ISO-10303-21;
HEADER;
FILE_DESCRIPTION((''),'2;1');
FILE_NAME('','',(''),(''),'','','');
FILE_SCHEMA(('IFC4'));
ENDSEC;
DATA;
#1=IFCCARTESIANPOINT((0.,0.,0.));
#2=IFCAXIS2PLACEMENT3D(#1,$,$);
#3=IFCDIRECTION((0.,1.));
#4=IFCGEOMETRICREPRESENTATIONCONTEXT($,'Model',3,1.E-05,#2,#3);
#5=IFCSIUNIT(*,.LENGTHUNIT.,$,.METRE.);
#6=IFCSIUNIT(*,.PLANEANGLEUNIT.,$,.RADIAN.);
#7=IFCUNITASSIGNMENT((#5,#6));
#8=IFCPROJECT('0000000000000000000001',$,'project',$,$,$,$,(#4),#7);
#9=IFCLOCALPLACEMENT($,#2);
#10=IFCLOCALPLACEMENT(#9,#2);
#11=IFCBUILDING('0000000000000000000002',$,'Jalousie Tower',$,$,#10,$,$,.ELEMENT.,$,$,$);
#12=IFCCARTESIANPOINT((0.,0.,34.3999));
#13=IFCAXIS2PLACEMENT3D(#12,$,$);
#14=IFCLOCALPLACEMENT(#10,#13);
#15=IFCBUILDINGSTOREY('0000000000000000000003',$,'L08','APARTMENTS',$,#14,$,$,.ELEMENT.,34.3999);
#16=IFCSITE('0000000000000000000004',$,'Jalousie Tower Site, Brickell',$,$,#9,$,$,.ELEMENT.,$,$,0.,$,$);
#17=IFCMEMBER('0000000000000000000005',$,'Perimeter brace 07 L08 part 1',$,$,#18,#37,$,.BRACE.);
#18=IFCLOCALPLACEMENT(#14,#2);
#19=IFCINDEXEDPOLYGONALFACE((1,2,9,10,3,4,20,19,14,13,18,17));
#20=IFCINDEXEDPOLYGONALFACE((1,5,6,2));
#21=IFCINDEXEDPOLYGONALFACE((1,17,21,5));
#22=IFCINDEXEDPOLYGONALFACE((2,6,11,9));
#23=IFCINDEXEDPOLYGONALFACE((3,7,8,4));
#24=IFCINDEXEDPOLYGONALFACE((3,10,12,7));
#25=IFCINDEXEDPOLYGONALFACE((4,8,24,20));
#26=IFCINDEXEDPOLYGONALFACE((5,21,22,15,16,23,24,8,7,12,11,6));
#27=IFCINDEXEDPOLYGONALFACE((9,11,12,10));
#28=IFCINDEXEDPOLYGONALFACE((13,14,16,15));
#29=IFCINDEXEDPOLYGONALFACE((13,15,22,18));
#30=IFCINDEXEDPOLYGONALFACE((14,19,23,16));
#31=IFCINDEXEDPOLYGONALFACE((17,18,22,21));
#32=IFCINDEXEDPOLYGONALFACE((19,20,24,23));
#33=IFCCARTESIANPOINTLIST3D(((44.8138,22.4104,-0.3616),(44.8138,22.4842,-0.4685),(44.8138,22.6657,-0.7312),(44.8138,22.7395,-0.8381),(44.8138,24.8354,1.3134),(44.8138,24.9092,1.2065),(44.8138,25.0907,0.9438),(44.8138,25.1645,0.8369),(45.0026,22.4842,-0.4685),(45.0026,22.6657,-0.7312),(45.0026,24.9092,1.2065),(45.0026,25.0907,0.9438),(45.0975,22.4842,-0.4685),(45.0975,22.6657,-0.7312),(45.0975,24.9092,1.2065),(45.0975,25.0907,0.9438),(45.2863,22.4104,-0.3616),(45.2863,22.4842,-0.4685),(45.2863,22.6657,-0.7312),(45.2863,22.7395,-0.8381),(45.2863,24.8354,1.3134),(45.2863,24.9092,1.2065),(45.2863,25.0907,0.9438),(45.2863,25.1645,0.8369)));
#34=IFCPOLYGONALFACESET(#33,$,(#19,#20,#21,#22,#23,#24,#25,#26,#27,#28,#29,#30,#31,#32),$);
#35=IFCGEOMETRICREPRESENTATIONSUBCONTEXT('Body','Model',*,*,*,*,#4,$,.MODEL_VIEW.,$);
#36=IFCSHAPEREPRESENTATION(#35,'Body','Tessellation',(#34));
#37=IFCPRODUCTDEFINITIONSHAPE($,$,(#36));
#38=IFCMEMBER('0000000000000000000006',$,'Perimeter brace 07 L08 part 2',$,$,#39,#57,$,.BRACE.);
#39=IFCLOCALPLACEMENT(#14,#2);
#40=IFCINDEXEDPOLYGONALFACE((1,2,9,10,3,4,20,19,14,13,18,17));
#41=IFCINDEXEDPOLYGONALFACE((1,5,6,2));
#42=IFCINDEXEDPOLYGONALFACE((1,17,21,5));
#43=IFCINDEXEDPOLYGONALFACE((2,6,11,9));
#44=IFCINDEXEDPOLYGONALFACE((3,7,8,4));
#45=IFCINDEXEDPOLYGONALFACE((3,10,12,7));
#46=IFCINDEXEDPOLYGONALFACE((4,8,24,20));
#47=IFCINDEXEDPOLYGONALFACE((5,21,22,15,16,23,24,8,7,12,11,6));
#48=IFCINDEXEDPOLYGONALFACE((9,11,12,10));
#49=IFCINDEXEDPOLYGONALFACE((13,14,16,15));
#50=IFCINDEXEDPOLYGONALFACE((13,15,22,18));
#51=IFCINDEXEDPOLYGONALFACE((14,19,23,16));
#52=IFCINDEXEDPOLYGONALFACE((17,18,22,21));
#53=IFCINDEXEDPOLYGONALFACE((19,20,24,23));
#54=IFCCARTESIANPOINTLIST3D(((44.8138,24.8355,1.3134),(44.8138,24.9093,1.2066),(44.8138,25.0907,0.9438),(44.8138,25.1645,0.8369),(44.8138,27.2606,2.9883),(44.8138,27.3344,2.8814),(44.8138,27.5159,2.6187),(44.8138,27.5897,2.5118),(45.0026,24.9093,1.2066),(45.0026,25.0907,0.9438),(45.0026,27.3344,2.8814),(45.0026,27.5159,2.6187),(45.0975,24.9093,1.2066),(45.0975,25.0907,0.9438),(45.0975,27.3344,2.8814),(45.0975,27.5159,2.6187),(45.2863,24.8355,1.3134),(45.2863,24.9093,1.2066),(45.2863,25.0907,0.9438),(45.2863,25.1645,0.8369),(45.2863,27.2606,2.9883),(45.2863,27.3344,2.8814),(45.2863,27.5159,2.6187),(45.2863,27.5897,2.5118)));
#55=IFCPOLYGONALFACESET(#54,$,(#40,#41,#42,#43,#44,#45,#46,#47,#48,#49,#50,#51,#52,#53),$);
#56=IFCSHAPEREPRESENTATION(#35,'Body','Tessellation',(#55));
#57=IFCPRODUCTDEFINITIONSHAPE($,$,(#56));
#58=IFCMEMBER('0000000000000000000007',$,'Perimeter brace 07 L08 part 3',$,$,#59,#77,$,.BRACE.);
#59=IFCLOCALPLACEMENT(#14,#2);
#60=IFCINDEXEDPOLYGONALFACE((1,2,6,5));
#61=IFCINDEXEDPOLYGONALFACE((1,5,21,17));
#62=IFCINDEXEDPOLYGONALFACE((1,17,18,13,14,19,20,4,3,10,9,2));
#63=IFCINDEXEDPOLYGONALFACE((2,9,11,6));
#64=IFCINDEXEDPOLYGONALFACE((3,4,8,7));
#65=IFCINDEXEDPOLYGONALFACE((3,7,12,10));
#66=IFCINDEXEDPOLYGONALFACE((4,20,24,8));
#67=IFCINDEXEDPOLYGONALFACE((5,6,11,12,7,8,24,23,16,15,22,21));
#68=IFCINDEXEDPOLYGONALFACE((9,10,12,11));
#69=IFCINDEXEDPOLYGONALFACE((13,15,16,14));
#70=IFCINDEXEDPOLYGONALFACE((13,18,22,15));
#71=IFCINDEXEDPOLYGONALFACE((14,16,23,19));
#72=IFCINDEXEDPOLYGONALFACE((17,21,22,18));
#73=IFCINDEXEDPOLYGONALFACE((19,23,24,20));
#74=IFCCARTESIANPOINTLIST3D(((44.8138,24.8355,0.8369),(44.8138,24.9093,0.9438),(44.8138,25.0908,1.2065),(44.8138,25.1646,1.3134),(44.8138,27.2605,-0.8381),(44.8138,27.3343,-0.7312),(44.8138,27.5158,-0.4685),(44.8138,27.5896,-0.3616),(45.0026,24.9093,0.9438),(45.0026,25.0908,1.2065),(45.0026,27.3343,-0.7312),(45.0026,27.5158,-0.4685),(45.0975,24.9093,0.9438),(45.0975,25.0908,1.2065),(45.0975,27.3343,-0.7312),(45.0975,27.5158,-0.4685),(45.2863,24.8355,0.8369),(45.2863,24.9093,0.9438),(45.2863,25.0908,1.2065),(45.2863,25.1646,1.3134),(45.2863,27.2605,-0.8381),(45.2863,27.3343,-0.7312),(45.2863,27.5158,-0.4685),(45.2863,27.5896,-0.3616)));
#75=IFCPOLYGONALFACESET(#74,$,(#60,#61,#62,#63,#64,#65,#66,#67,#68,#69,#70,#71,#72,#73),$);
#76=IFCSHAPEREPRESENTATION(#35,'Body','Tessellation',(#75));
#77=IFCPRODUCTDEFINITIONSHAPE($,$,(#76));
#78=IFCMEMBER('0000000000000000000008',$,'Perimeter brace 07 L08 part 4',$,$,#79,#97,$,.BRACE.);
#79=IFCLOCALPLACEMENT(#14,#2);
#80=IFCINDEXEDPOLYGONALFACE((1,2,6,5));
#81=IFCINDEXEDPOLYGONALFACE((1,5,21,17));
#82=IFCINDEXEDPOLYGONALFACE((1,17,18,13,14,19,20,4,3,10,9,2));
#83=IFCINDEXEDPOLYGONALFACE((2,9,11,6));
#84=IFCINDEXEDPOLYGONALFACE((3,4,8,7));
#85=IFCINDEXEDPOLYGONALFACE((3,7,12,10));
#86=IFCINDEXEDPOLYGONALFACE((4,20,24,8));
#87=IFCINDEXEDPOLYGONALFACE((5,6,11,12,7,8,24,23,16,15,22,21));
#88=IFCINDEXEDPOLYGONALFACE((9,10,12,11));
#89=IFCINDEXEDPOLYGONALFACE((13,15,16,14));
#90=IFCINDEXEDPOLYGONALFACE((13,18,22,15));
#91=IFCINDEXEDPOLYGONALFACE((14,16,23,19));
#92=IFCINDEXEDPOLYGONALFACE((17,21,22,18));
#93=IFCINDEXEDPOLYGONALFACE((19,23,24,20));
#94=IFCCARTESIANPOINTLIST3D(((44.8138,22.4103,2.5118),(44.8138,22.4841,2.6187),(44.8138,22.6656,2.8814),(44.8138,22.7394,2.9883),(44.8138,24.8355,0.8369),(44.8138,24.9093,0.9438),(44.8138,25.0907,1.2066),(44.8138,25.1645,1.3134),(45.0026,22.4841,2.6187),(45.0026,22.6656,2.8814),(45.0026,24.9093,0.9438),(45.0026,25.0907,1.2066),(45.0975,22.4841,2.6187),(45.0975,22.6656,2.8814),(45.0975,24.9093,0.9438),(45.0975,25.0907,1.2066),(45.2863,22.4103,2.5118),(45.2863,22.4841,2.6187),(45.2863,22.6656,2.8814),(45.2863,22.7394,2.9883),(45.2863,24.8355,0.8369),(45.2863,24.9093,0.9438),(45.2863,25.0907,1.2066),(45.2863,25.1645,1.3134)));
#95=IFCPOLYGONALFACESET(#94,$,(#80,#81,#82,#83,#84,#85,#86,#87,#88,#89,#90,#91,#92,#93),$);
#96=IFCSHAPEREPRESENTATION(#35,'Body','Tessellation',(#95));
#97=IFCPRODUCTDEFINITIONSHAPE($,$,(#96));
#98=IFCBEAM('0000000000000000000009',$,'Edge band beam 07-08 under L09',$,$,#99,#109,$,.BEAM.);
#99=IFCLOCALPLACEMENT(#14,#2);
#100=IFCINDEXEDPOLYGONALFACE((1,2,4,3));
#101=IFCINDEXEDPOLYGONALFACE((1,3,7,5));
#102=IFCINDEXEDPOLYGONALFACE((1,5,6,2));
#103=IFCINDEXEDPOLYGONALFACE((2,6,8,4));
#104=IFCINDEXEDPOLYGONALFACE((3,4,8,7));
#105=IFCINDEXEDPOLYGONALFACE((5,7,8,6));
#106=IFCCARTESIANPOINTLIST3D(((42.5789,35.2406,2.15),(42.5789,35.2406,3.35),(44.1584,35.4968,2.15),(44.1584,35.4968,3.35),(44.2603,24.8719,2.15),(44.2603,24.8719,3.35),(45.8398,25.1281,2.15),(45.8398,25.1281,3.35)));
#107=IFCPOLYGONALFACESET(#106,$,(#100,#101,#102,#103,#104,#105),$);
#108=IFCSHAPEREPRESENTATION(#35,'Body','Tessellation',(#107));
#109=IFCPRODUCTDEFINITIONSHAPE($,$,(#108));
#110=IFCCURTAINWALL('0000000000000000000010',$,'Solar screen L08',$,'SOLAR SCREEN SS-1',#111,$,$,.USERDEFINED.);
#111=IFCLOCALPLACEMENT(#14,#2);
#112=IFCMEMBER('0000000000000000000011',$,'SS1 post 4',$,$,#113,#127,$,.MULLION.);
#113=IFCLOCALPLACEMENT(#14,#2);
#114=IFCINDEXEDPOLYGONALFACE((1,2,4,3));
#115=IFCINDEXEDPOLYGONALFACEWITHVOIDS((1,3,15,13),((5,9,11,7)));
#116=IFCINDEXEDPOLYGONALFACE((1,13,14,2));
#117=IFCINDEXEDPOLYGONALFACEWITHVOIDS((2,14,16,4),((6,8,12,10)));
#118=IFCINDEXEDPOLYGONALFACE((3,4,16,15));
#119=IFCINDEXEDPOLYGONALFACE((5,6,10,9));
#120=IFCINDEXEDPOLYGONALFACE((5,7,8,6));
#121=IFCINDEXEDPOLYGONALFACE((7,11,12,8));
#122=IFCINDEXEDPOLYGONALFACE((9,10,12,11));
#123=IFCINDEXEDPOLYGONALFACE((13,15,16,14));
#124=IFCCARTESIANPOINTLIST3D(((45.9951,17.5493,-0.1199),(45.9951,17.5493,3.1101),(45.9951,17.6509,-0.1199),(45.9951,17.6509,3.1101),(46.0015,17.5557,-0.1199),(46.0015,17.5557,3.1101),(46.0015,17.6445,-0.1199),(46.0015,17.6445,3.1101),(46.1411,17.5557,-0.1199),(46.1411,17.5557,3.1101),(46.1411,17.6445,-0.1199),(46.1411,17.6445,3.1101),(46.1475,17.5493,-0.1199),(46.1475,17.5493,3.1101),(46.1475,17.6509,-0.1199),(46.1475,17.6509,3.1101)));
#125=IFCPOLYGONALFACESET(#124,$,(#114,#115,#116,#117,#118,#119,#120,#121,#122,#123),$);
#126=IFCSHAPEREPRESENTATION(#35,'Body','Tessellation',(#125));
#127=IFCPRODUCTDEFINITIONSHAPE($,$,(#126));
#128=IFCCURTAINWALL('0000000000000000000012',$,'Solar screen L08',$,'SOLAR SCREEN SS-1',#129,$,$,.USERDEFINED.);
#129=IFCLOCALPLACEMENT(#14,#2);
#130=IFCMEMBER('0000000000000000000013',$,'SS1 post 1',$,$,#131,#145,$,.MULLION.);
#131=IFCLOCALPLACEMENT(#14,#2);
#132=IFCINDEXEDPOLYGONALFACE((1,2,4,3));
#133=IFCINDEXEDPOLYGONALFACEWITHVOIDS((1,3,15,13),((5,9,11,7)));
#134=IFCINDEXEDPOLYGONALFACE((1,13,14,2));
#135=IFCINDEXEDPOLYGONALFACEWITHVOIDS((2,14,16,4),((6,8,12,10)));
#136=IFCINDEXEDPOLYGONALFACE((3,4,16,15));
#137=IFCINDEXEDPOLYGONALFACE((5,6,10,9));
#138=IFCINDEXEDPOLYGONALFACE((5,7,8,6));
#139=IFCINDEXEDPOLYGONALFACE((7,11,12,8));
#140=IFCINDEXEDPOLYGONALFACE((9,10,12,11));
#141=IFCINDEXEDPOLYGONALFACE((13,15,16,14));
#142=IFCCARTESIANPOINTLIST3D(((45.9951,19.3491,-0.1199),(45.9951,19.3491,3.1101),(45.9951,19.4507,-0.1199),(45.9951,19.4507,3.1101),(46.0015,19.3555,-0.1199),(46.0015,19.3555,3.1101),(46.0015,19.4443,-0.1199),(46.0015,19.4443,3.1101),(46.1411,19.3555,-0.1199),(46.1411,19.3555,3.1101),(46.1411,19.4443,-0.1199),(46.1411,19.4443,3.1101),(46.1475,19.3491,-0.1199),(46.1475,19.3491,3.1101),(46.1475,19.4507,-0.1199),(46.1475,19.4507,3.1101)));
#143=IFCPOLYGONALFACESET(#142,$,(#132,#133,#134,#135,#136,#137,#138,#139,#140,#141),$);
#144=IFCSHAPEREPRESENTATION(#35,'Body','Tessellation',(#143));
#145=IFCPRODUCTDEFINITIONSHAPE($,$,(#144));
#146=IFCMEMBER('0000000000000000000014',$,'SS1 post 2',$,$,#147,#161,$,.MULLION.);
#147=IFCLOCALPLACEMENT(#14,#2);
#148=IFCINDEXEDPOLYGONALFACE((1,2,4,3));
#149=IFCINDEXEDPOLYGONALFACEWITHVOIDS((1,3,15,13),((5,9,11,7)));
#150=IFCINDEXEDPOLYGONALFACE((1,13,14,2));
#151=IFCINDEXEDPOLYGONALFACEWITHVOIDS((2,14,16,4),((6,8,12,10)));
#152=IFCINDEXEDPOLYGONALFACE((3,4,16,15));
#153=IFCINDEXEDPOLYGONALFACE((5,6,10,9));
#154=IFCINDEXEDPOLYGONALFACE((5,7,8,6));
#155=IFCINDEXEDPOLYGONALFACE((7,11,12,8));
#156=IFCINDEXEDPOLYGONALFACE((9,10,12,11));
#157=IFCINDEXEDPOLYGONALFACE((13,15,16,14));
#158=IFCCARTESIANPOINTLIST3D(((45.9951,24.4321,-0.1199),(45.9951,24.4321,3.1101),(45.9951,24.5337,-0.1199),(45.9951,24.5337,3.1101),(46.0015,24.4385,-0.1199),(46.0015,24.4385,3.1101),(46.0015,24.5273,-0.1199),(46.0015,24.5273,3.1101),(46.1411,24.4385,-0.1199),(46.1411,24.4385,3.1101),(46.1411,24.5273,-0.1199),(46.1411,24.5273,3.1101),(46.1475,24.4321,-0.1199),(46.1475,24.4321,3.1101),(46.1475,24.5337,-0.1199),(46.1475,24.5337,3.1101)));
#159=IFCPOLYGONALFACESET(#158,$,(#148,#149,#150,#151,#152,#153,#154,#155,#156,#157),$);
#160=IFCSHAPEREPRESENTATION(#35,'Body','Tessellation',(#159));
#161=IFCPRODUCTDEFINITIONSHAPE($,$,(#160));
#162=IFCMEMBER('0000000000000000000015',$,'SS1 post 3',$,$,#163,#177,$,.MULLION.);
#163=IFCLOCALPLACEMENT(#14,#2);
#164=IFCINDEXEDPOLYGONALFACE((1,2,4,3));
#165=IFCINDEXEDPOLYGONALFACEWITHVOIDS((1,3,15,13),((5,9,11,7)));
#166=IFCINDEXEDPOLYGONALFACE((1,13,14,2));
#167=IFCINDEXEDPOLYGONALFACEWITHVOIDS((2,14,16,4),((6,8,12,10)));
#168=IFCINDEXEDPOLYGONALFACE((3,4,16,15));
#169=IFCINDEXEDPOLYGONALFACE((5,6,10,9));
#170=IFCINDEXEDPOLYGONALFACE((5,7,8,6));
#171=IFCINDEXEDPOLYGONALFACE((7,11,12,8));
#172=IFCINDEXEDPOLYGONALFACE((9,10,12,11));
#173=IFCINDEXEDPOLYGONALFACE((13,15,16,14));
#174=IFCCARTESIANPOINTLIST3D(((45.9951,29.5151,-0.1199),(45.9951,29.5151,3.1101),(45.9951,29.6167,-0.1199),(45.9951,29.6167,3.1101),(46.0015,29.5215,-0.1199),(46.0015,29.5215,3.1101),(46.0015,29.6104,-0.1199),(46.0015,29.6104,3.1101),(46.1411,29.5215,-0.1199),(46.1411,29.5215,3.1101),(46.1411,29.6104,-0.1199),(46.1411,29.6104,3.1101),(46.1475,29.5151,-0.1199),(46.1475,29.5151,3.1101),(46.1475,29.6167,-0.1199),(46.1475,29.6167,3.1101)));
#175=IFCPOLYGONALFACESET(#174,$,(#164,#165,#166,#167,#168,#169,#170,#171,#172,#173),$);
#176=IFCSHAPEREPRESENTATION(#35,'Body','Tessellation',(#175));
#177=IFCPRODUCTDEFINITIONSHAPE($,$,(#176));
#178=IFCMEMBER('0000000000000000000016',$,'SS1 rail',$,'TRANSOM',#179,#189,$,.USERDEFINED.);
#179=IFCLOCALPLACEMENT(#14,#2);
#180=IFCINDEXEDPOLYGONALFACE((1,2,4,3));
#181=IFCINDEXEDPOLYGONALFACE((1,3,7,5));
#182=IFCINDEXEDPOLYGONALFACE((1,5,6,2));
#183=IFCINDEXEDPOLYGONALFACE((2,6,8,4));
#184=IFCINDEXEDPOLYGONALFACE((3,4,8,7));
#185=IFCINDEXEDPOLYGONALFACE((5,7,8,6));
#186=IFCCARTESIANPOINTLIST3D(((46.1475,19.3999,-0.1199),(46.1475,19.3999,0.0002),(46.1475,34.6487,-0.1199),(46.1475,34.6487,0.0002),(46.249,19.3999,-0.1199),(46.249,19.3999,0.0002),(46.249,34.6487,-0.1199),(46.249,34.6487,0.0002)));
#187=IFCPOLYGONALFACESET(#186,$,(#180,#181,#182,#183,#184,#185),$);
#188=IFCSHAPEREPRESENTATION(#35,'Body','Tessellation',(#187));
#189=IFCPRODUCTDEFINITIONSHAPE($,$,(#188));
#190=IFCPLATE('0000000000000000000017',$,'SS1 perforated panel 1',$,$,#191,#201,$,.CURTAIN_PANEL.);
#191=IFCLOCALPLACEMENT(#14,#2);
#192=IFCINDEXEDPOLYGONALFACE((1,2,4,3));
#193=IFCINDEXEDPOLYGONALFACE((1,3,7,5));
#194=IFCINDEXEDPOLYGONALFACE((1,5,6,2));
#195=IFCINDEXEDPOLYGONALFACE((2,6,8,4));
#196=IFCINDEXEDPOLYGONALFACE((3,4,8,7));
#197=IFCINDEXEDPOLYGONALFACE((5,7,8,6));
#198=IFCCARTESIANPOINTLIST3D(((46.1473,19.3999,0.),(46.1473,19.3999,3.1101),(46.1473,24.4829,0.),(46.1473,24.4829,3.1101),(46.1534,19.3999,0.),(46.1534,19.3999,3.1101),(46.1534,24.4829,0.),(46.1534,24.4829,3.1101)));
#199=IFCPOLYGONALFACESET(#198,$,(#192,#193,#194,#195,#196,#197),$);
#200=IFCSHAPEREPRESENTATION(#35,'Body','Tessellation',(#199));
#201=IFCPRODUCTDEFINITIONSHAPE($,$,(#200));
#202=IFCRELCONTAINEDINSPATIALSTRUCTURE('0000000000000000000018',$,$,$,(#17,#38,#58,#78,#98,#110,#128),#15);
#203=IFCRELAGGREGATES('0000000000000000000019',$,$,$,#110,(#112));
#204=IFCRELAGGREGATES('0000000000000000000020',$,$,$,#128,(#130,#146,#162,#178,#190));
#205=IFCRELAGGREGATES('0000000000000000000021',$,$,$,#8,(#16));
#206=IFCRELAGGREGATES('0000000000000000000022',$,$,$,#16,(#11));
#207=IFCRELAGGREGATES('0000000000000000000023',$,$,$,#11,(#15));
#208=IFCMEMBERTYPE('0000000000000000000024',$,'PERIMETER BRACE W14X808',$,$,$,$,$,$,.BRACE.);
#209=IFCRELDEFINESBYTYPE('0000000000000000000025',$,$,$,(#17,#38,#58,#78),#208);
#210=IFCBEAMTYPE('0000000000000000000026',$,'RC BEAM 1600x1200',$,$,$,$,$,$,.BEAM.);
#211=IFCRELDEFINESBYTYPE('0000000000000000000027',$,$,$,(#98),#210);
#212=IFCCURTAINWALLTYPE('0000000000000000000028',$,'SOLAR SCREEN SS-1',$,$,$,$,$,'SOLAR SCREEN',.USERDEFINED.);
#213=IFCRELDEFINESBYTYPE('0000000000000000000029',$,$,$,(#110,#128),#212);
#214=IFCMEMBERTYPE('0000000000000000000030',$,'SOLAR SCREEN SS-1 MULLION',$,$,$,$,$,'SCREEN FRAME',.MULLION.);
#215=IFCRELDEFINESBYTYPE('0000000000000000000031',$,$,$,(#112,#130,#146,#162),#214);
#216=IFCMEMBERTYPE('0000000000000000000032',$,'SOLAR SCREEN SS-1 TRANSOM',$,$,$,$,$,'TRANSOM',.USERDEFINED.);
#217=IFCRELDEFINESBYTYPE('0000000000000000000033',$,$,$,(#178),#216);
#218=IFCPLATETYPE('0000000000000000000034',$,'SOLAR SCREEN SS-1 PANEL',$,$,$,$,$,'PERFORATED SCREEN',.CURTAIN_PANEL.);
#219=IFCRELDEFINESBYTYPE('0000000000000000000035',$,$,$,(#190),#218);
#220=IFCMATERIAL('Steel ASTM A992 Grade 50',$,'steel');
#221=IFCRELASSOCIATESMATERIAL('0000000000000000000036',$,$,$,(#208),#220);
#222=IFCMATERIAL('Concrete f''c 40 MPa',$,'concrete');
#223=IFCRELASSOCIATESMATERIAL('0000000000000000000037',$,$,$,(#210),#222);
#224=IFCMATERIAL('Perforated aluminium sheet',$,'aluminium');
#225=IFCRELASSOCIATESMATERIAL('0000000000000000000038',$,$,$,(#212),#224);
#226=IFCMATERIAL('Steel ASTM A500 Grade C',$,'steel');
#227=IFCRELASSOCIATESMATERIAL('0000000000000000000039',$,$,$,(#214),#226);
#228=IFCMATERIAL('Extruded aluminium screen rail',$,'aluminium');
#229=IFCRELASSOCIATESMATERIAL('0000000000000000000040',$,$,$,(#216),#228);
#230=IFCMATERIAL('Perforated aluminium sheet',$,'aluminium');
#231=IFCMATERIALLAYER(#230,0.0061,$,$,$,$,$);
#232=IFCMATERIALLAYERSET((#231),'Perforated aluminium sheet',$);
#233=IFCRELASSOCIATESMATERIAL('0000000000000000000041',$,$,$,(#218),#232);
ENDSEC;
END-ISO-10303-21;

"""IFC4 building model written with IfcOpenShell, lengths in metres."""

from ifc_helpers import new_model, si_unit, direction, frame, origin, origin_2d, place, context, subcontext, project, spatial, rectangle, hollow_rectangle, i_section, extrude, material, layer, layer_set, material_profile, profile_set, type_object, element, aggregate, save


model = new_model("IFC4")

# Units and contexts
model_context = context("Model", 3, precision=1e-05, world=origin(), true_north=direction((0.0, 1.0)))
body_context = subcontext(model_context, "Body", "Model", "MODEL_VIEW")
ifc_project = project(units=[si_unit("LENGTHUNIT", "METRE"), si_unit("PLANEANGLEUNIT", "RADIAN")], contexts=[model_context])

# Site, building, storey
site_placement = place(None, origin())
site = spatial("IfcSite", under=ifc_project, at=site_placement, Name="Jalousie Tower Site, Brickell", CompositionType="ELEMENT", RefElevation=0.0)
building_placement = place(site_placement, origin())
building = spatial("IfcBuilding", under=site, at=building_placement, Name="Jalousie Tower", CompositionType="ELEMENT")
storey_placement = place(building_placement, frame((0.0, 0.0, 34.3999)))
storey = spatial("IfcBuildingStorey", under=building, at=storey_placement, Name="L08", Description="APARTMENTS", CompositionType="ELEMENT", Elevation=34.3999)

# Members
ifc_material_1 = material(Name="Steel ASTM A992 Grade 50", Category="steel")
ifc_material_profile_1 = material_profile(ifc_material_1, i_section(OverallWidth=0.4724, OverallDepth=0.5791, WebThickness=0.095, FlangeThickness=0.1299, at=origin_2d()), Name="W14X808")
ifc_profile_set_1 = profile_set([ifc_material_profile_1], Name="Steel ASTM A992 Grade 50")
member_type_1 = type_object("IfcMemberType", Name="PERIMETER BRACE W14X808", PredefinedType="BRACE", material=ifc_profile_set_1)
for number, where, z_axis, x_axis, name in (
    (1, (45.05, 22.575, -0.5999), (0.0, 0.8228, 0.568331), (-1.0, 0.0, 0.0), "Perimeter brace 07 L08 part 1"),
    (2, (45.05, 25.0, 1.0752), (0.0, 0.822839, 0.568275), (-1.0, 0.0, 0.0), "Perimeter brace 07 L08 part 2"),
    (3, (45.05, 27.425, -0.5999), (0.0, -0.8228, 0.568331), (1.0, 0.0, 0.0), "Perimeter brace 07 L08 part 3"),
    (4, (45.05, 25.0, 1.0752), (0.0, -0.822839, 0.568275), (1.0, 0.0, 0.0), "Perimeter brace 07 L08 part 4"),
):
    element("IfcMember", number, at=place(storey_placement, frame(where, z_axis=z_axis, x_axis=x_axis)), inside=storey, type_object=member_type_1, Name=name, PredefinedType="BRACE", context=body_context, shape_type="SweptSolid", body=[
        extrude(i_section(OverallWidth=0.4724, OverallDepth=0.5791, WebThickness=0.095, FlangeThickness=0.1299, at=origin_2d()), origin(), (0.0, 0.0, 1.0), 2.9473),
    ])

# Beam
ifc_material_2 = material(Name="Concrete f'c 40 MPa", Category="concrete")
ifc_material_profile_2 = material_profile(ifc_material_2, rectangle(XDim=1.6001, YDim=1.2, at=origin_2d()), Name="RC 1600x1200")
ifc_profile_set_2 = profile_set([ifc_material_profile_2], Name="Concrete f'c 40 MPa")
beam_type = type_object("IfcBeamType", Name="RC BEAM 1600x1200", PredefinedType="BEAM", material=ifc_profile_set_2)
beam_placement = place(storey_placement, frame((45.05, 25.0, 2.75), z_axis=(-0.160071, 0.987106, 0.0), x_axis=(-0.987106, -0.160071, 0.0)))
element("IfcBeam", 5, at=beam_placement, inside=storey, type_object=beam_type, Name="Edge band beam 07-08 under L09", PredefinedType="BEAM", context=body_context, shape_type="SweptSolid", body=[
    extrude(rectangle(XDim=1.6001, YDim=1.2, at=origin_2d()), origin(), (0.0, 0.0, 1.0), 10.5042),
])

# Curtain wall, member
ifc_material_3 = material(Name="Perforated aluminium sheet", Category="aluminium")
curtain_wall_type = type_object("IfcCurtainWallType", Name="SOLAR SCREEN SS-1", ElementType="SOLAR SCREEN", PredefinedType="USERDEFINED", material=ifc_material_3)
curtain_wall_1_placement = place(storey_placement, origin())
curtain_wall_1 = element("IfcCurtainWall", 6, at=curtain_wall_1_placement, inside=storey, type_object=curtain_wall_type, Name="Solar screen L08", ObjectType="SOLAR SCREEN SS-1", PredefinedType="USERDEFINED")
ifc_material_4 = material(Name="Steel ASTM A500 Grade C", Category="steel")
ifc_material_profile_3 = material_profile(ifc_material_4, hollow_rectangle(XDim=0.1016, YDim=0.1523, WallThickness=0.0063, at=origin_2d()), Name="HSS6X4X1/4")
ifc_profile_set_3 = profile_set([ifc_material_profile_3], Name="Steel ASTM A500 Grade C")
member_type_2 = type_object("IfcMemberType", Name="SOLAR SCREEN SS-1 MULLION", ElementType="SCREEN FRAME", PredefinedType="MULLION", material=ifc_profile_set_3)
member_1_placement = place(storey_placement, frame((46.0713, 17.6001, -0.1199), z_axis=(0.0, 0.0, 1.0), x_axis=(0.0, 1.0, 0.0)))
member_1 = element("IfcMember", 7, at=member_1_placement, type_object=member_type_2, Name="SS1 post 4", PredefinedType="MULLION", context=body_context, shape_type="SweptSolid", body=[
    extrude(hollow_rectangle(XDim=0.1016, YDim=0.1523, WallThickness=0.0063, at=origin_2d()), origin(), (0.0, 0.0, 1.0), 3.23),
])
aggregate(curtain_wall_1, [member_1])

# Curtain wall, members, plate
curtain_wall_2_placement = place(storey_placement, origin())
curtain_wall_2 = element("IfcCurtainWall", 8, at=curtain_wall_2_placement, inside=storey, type_object=curtain_wall_type, Name="Solar screen L08", ObjectType="SOLAR SCREEN SS-1", PredefinedType="USERDEFINED")
member_2_placement = place(storey_placement, frame((46.0713, 19.3999, -0.1199), z_axis=(0.0, 0.0, 1.0), x_axis=(0.0, 1.0, 0.0)))
member_2 = element("IfcMember", 9, at=member_2_placement, type_object=member_type_2, Name="SS1 post 1", PredefinedType="MULLION", context=body_context, shape_type="SweptSolid", body=[
    extrude(hollow_rectangle(XDim=0.1016, YDim=0.1523, WallThickness=0.0063, at=origin_2d()), origin(), (0.0, 0.0, 1.0), 3.23),
])
member_3_placement = place(storey_placement, frame((46.0713, 24.4829, -0.1199), z_axis=(0.0, 0.0, 1.0), x_axis=(0.0, 1.0, 0.0)))
member_3 = element("IfcMember", 10, at=member_3_placement, type_object=member_type_2, Name="SS1 post 2", PredefinedType="MULLION", context=body_context, shape_type="SweptSolid", body=[
    extrude(hollow_rectangle(XDim=0.1016, YDim=0.1523, WallThickness=0.0063, at=origin_2d()), origin(), (0.0, 0.0, 1.0), 3.23),
])
member_4_placement = place(storey_placement, frame((46.0713, 29.5659, -0.1199), z_axis=(0.0, 0.0, 1.0), x_axis=(0.0, 1.0, 0.0)))
member_4 = element("IfcMember", 11, at=member_4_placement, type_object=member_type_2, Name="SS1 post 3", PredefinedType="MULLION", context=body_context, shape_type="SweptSolid", body=[
    extrude(hollow_rectangle(XDim=0.1016, YDim=0.1523, WallThickness=0.0063, at=origin_2d()), origin(), (0.0, 0.0, 1.0), 3.23),
])
ifc_material_5 = material(Name="Extruded aluminium screen rail", Category="aluminium")
ifc_material_profile_4 = material_profile(ifc_material_5, rectangle(XDim=0.1016, YDim=0.1201, at=origin_2d()), Name="RAIL 102x120")
ifc_profile_set_4 = profile_set([ifc_material_profile_4], Name="Extruded aluminium screen rail")
member_type_3 = type_object("IfcMemberType", Name="SOLAR SCREEN SS-1 TRANSOM", ElementType="TRANSOM", PredefinedType="USERDEFINED", material=ifc_profile_set_4)
member_5_placement = place(storey_placement, frame((46.1982, 19.3999, -0.0598), z_axis=(0.0, 1.0, 0.0), x_axis=(-1.0, 0.0, 0.0)))
member_5 = element("IfcMember", 12, at=member_5_placement, type_object=member_type_3, Name="SS1 rail", ObjectType="TRANSOM", PredefinedType="USERDEFINED", context=body_context, shape_type="SweptSolid", body=[
    extrude(rectangle(XDim=0.1016, YDim=0.1201, at=origin_2d()), origin(), (0.0, 0.0, 1.0), 15.2488),
])
ifc_material_6 = material(Name="Perforated aluminium sheet", Category="aluminium")
ifc_layer_1 = layer(ifc_material_6, 0.0061)
ifc_layer_set_1 = layer_set([ifc_layer_1], Name="Perforated aluminium sheet")
plate_type = type_object("IfcPlateType", Name="SOLAR SCREEN SS-1 PANEL", ElementType="PERFORATED SCREEN", PredefinedType="CURTAIN_PANEL", material=ifc_layer_set_1)
plate_1_placement = place(storey_placement, frame((46.1504, 21.9414, 0.0), z_axis=(0.0, 0.0, 1.0), x_axis=(0.0, 1.0, 0.0)))
plate_1 = element("IfcPlate", 13, at=plate_1_placement, type_object=plate_type, Name="SS1 perforated panel 1", PredefinedType="CURTAIN_PANEL", context=body_context, shape_type="SweptSolid", body=[
    extrude(rectangle(XDim=5.083, YDim=0.0061, at=origin_2d()), origin(), (0.0, 0.0, 1.0), 3.1101),
])
aggregate(curtain_wall_2, [member_2, member_3, member_4, member_5, plate_1])

save(model, "model.ifc")
